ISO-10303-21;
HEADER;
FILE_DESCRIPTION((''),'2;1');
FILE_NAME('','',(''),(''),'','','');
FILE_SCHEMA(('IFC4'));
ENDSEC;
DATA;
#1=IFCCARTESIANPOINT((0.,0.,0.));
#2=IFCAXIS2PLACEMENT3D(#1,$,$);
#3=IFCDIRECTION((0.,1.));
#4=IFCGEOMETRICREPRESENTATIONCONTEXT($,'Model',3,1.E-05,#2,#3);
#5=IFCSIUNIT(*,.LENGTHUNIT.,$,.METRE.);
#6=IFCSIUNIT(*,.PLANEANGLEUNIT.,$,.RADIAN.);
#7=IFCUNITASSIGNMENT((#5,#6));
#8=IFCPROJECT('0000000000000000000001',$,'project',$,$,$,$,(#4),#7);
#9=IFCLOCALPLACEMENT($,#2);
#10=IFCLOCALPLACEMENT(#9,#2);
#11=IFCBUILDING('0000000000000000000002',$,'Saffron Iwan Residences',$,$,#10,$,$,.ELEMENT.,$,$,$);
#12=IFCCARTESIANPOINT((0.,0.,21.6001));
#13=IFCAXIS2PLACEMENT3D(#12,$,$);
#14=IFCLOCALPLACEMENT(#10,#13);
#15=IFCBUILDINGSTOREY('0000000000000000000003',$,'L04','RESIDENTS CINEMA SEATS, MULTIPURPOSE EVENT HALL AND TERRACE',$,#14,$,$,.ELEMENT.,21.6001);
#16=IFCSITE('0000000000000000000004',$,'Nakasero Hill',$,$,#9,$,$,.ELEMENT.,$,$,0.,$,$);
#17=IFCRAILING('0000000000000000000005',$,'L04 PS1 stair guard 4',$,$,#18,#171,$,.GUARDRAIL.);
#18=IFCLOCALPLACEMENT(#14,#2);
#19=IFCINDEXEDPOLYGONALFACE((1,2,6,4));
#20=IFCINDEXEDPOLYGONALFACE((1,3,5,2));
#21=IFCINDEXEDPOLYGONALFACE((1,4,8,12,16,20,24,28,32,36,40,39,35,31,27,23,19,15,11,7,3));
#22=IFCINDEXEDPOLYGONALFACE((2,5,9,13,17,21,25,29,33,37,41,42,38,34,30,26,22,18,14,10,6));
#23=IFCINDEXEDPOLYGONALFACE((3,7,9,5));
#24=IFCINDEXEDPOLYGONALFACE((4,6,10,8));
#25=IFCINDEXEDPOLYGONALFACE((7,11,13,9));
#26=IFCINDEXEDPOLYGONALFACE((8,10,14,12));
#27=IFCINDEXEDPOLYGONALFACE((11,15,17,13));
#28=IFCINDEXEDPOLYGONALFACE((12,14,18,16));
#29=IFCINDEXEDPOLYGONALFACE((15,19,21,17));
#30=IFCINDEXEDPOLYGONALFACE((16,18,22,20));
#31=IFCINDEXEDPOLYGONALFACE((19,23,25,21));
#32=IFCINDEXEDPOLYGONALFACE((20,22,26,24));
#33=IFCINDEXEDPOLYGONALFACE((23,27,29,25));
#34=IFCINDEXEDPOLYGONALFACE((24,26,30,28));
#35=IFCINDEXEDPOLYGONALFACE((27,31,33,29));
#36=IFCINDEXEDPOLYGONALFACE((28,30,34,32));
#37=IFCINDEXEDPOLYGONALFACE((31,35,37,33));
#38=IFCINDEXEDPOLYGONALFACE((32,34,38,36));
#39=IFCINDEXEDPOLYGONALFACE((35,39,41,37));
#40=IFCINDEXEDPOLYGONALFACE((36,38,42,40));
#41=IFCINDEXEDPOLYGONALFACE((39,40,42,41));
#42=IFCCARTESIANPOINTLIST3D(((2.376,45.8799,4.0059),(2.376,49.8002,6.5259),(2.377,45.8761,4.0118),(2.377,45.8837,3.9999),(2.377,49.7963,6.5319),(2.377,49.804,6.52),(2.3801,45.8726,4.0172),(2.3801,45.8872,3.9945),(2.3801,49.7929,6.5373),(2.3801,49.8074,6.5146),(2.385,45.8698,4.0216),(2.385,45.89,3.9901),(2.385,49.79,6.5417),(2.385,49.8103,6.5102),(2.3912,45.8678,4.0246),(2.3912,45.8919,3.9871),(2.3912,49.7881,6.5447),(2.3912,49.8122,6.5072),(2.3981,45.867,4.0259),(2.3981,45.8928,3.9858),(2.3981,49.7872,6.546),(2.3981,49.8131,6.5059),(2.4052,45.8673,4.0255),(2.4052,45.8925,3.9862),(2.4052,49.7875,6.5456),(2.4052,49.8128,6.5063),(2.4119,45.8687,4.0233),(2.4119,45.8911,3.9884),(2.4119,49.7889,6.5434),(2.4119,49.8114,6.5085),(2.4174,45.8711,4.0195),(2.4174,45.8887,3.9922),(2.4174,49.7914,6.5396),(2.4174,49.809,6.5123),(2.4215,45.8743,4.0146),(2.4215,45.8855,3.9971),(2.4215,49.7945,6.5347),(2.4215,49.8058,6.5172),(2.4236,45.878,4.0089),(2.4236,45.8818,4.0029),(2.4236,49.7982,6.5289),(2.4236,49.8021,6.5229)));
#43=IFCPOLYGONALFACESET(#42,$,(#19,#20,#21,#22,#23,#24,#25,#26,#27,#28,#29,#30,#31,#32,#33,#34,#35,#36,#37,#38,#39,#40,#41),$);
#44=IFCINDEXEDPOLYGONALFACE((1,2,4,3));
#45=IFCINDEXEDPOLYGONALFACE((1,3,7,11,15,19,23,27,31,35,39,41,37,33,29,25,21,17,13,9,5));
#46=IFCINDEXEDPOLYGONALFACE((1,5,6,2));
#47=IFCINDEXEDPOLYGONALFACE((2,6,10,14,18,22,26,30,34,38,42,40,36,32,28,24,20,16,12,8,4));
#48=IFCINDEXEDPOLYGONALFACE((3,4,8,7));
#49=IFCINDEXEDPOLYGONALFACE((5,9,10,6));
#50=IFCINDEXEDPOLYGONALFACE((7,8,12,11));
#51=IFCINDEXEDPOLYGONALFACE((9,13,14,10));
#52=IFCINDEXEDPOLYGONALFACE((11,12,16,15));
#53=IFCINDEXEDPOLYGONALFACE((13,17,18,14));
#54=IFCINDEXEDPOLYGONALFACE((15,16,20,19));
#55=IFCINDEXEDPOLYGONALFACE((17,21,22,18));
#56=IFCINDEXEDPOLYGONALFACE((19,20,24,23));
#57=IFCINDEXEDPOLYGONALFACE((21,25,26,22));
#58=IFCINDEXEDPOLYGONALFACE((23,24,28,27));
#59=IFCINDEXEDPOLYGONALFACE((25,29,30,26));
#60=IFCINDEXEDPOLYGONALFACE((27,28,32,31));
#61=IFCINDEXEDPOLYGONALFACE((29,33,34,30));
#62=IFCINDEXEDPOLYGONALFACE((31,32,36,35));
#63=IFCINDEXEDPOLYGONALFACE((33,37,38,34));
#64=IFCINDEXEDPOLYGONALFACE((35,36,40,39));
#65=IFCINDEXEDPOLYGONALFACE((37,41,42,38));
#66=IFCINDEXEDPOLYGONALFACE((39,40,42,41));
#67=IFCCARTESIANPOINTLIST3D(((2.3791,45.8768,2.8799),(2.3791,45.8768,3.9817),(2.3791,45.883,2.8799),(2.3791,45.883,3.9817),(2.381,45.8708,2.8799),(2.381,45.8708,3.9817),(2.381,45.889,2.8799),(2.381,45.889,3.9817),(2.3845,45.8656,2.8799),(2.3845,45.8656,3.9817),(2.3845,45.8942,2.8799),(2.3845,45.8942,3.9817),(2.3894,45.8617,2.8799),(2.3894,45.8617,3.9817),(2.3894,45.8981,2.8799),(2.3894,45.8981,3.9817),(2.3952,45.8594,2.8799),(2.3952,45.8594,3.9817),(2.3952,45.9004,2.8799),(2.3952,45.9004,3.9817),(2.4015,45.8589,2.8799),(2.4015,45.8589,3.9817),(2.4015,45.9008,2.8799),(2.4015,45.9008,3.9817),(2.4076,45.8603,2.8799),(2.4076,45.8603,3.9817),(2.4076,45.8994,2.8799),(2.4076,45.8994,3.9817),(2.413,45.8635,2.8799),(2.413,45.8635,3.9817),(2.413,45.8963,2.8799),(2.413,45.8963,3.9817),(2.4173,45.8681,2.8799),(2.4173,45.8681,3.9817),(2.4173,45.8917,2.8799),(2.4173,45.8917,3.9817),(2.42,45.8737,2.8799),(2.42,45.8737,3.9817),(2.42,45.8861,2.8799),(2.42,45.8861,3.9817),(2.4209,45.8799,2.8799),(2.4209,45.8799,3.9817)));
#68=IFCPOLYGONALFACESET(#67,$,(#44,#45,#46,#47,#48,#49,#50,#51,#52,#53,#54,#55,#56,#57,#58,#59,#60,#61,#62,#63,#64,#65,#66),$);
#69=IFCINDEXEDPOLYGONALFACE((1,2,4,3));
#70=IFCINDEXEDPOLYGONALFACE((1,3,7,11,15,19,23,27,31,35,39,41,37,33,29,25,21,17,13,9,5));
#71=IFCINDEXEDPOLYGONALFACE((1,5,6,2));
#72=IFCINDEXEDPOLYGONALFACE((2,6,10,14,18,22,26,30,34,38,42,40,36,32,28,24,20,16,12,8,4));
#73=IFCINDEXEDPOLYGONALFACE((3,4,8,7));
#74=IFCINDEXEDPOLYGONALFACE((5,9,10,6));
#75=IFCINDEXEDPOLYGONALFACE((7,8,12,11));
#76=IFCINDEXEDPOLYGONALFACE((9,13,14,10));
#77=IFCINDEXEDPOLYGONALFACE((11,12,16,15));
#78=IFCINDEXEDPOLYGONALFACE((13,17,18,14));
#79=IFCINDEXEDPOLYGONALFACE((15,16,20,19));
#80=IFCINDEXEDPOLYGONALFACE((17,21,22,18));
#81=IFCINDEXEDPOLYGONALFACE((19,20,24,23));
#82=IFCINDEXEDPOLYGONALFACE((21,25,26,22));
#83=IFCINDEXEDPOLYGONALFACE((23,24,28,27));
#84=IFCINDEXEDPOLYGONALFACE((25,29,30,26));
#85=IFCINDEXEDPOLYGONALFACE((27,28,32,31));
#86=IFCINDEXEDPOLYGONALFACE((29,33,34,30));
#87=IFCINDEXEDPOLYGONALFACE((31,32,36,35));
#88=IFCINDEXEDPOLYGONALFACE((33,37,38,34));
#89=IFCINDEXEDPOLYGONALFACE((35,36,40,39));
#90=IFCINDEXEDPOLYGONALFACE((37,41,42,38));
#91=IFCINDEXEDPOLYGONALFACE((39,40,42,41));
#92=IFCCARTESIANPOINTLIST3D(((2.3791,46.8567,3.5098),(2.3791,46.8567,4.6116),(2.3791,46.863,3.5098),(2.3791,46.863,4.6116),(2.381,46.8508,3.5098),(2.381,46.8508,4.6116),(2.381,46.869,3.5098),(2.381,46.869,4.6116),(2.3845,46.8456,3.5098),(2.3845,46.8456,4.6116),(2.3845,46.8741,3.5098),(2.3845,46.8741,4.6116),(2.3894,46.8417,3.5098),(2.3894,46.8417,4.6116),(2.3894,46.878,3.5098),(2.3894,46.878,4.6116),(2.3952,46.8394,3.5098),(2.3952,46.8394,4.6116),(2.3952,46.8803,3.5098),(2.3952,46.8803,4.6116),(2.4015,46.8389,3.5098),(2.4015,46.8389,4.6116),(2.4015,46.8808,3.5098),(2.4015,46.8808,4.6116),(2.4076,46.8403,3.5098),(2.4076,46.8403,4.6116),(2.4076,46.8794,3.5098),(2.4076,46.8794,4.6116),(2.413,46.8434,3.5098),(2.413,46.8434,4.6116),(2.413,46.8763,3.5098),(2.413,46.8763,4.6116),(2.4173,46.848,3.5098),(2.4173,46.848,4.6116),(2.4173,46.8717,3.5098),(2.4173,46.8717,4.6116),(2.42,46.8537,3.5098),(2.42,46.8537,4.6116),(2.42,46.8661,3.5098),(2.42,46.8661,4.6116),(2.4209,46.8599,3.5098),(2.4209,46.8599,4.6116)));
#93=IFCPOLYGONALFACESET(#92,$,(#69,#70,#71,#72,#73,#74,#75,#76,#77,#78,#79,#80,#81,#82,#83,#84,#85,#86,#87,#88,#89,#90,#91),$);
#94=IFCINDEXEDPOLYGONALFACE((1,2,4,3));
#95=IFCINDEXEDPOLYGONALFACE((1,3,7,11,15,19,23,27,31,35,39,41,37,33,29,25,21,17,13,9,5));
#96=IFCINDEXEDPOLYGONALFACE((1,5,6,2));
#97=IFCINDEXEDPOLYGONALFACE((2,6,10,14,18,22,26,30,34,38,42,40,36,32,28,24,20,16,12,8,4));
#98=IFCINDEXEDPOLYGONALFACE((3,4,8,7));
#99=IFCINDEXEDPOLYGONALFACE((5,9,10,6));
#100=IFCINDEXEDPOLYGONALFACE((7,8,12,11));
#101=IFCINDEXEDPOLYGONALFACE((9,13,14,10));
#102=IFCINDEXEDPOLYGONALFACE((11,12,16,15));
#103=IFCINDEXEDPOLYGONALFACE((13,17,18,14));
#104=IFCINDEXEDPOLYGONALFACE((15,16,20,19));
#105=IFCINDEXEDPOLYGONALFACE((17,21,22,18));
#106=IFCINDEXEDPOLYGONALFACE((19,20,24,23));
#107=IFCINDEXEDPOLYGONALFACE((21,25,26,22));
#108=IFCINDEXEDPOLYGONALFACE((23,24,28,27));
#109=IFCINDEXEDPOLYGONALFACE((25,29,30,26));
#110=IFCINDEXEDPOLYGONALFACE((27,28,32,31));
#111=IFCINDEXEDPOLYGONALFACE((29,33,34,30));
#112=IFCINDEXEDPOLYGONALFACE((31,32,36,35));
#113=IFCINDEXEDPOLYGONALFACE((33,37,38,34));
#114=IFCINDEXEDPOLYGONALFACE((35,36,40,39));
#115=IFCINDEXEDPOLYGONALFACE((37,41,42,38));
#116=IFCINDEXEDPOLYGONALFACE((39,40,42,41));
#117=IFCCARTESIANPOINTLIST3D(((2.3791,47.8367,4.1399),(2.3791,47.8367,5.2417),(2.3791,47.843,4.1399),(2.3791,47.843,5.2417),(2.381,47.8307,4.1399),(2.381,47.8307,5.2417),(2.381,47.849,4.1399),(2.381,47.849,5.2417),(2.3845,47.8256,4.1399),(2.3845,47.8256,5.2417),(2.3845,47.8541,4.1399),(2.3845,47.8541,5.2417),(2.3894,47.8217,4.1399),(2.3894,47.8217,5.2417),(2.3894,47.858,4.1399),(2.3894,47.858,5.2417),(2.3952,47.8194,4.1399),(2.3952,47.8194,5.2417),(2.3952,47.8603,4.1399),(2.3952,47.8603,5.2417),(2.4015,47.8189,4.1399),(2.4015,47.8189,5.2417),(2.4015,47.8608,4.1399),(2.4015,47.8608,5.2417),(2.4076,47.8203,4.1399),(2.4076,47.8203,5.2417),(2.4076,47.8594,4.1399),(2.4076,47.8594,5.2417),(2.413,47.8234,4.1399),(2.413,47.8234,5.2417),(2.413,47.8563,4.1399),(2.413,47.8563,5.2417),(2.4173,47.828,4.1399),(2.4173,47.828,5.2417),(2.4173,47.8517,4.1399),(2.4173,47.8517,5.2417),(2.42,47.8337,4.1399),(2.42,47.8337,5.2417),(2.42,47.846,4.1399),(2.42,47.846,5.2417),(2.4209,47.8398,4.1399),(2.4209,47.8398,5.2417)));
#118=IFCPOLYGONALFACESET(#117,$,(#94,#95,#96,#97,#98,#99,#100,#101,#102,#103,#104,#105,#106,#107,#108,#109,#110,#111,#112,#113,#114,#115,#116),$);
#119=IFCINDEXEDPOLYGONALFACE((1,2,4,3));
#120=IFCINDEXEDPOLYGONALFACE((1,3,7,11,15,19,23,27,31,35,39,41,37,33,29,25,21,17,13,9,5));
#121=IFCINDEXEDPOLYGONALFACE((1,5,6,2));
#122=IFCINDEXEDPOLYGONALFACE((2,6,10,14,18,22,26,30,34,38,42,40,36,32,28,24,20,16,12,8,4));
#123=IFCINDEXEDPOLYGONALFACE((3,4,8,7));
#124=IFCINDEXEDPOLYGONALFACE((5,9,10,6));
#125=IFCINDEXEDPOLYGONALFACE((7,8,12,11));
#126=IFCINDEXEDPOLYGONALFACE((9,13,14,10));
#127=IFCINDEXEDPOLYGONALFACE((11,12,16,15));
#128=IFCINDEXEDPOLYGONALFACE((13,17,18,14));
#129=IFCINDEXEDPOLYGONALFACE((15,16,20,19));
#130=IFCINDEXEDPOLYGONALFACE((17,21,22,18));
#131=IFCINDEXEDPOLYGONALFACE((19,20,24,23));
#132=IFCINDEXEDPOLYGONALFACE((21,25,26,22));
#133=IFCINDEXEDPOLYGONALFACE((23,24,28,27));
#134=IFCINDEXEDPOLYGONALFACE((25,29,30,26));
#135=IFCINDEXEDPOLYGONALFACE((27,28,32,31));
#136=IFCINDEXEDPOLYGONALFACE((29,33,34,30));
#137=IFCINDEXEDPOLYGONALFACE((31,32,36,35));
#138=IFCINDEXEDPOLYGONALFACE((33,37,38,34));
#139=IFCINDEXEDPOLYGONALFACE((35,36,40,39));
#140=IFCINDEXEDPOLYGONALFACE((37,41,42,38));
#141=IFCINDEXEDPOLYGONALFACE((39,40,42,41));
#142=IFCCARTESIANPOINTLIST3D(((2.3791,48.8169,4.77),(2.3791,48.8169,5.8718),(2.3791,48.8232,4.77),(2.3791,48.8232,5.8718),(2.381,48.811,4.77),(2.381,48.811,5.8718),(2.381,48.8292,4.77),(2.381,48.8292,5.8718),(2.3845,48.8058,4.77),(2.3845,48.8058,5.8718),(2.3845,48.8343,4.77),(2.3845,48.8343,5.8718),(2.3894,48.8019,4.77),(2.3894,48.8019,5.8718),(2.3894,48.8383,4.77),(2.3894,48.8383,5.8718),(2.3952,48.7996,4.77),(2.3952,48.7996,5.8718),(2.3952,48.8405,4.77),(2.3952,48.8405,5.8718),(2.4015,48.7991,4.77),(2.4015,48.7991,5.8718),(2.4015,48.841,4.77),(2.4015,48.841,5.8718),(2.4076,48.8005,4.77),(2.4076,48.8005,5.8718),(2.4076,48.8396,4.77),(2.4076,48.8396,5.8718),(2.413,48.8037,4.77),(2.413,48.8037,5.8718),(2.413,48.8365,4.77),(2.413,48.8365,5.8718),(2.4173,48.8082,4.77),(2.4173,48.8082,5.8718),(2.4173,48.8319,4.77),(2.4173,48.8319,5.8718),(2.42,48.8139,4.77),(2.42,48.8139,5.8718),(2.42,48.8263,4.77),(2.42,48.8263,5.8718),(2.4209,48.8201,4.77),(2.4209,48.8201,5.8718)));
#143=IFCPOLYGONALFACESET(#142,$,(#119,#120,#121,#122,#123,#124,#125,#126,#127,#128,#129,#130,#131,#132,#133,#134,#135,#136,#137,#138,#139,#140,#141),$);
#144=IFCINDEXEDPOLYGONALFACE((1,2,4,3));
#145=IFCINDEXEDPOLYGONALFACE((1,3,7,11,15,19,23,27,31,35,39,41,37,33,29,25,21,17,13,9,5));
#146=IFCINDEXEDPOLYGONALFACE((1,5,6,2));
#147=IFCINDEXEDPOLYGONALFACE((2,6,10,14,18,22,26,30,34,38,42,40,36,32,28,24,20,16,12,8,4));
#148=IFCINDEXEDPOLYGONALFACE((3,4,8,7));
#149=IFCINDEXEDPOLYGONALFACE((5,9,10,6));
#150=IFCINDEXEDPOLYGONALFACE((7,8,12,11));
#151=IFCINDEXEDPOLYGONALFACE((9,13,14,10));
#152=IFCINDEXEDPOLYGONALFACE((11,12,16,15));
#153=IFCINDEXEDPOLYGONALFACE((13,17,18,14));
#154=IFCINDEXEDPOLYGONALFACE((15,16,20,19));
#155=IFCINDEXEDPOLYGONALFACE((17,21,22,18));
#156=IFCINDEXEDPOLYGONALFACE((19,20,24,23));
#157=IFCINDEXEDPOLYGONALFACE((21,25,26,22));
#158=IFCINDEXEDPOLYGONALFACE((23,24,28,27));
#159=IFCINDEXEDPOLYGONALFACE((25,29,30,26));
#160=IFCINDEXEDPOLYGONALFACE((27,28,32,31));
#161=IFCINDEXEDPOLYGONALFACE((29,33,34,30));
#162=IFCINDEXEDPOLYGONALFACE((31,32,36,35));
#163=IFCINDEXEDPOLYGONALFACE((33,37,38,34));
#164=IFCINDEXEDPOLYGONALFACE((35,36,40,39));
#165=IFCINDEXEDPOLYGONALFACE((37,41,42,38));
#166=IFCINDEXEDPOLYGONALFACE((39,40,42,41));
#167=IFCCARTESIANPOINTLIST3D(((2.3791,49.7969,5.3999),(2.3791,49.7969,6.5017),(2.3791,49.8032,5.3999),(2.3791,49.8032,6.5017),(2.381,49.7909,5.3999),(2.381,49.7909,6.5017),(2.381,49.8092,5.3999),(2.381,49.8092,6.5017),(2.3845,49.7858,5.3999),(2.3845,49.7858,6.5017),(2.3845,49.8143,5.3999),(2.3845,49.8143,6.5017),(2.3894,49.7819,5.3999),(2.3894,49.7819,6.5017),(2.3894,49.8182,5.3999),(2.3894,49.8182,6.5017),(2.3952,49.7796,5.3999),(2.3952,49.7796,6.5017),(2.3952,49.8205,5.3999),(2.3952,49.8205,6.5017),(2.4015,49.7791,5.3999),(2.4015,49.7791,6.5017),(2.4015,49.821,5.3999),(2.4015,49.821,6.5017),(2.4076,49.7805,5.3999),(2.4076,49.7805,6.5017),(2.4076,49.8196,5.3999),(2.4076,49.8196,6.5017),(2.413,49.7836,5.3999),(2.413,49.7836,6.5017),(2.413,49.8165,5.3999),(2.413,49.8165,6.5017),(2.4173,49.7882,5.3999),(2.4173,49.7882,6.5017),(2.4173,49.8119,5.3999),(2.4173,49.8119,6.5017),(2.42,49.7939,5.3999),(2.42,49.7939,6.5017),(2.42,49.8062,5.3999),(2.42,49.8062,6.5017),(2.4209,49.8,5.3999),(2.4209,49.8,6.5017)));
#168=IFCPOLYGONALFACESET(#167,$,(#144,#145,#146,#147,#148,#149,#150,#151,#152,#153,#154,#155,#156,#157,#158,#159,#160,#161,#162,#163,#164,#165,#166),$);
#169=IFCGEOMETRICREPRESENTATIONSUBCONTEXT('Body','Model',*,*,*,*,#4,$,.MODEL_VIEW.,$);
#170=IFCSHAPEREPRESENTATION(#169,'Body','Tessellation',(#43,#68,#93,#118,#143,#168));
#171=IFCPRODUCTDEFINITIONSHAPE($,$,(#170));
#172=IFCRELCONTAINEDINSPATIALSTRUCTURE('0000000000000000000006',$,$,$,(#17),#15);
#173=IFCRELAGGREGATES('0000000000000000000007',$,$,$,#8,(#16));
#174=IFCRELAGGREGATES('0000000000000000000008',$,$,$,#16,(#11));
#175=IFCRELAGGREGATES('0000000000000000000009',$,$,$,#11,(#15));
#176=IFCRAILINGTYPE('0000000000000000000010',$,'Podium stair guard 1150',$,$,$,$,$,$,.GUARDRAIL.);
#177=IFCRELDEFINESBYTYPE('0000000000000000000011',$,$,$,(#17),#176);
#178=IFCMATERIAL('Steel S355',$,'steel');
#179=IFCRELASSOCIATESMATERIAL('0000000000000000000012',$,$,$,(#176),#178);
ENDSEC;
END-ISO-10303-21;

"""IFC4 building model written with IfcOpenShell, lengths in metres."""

from ifc_helpers import new_model, si_unit, direction, frame, origin, origin_2d, place, context, subcontext, project, spatial, circle, extrude, material, type_object, element, save


model = new_model("IFC4")

# Units and contexts
model_context = context("Model", 3, precision=1e-05, world=origin(), true_north=direction((0.0, 1.0)))
body_context = subcontext(model_context, "Body", "Model", "MODEL_VIEW")
ifc_project = project(units=[si_unit("LENGTHUNIT", "METRE"), si_unit("PLANEANGLEUNIT", "RADIAN")], contexts=[model_context])

# Site, building, storey
site_placement = place(None, origin())
site = spatial("IfcSite", under=ifc_project, at=site_placement, Name="Nakasero Hill", CompositionType="ELEMENT", RefElevation=0.0)
building_placement = place(site_placement, origin())
building = spatial("IfcBuilding", under=site, at=building_placement, Name="Saffron Iwan Residences", CompositionType="ELEMENT")
storey_placement = place(building_placement, frame((0.0, 0.0, 21.6001)))
storey = spatial("IfcBuildingStorey", under=building, at=storey_placement, Name="L04", Description="RESIDENTS CINEMA SEATS, MULTIPURPOSE EVENT HALL AND TERRACE", CompositionType="ELEMENT", Elevation=21.6001)

# Railing
ifc_material_1 = material(Name="Steel S355", Category="steel")
railing_type_1 = type_object("IfcRailingType", Name="Podium stair guard 1150", PredefinedType="GUARDRAIL", material=ifc_material_1)
railing_1_placement = place(storey_placement, frame((2.3999, 45.8799, 2.8799)))
element("IfcRailing", 1, at=railing_1_placement, inside=storey, type_object=railing_type_1, Name="L04 PS1 stair guard 4", PredefinedType="GUARDRAIL", context=body_context, shape_type="SweptSolid", body=[
    extrude(circle(Radius=0.0239, at=origin_2d()), frame((0.0, 0.0, 1.126), z_axis=(0.0, 0.841187, 0.540744), x_axis=(-1.0, 0.0, 0.0)), (0.0, 0.0, 1.0), 4.6604),
    extrude(circle(Radius=0.021, at=origin_2d()), origin(), (0.0, 0.0, 1.0), 1.1018),
    extrude(circle(Radius=0.021, at=origin_2d()), frame((0.0, 0.98, 0.6299)), (0.0, 0.0, 1.0), 1.1018),
    extrude(circle(Radius=0.021, at=origin_2d()), frame((0.0, 1.96, 1.26)), (0.0, 0.0, 1.0), 1.1018),
    extrude(circle(Radius=0.021, at=origin_2d()), frame((0.0, 2.9402, 1.8901)), (0.0, 0.0, 1.0), 1.1018),
    extrude(circle(Radius=0.021, at=origin_2d()), frame((0.0, 3.9202, 2.52)), (0.0, 0.0, 1.0), 1.1018),
])

save(model, "model.ifc")
